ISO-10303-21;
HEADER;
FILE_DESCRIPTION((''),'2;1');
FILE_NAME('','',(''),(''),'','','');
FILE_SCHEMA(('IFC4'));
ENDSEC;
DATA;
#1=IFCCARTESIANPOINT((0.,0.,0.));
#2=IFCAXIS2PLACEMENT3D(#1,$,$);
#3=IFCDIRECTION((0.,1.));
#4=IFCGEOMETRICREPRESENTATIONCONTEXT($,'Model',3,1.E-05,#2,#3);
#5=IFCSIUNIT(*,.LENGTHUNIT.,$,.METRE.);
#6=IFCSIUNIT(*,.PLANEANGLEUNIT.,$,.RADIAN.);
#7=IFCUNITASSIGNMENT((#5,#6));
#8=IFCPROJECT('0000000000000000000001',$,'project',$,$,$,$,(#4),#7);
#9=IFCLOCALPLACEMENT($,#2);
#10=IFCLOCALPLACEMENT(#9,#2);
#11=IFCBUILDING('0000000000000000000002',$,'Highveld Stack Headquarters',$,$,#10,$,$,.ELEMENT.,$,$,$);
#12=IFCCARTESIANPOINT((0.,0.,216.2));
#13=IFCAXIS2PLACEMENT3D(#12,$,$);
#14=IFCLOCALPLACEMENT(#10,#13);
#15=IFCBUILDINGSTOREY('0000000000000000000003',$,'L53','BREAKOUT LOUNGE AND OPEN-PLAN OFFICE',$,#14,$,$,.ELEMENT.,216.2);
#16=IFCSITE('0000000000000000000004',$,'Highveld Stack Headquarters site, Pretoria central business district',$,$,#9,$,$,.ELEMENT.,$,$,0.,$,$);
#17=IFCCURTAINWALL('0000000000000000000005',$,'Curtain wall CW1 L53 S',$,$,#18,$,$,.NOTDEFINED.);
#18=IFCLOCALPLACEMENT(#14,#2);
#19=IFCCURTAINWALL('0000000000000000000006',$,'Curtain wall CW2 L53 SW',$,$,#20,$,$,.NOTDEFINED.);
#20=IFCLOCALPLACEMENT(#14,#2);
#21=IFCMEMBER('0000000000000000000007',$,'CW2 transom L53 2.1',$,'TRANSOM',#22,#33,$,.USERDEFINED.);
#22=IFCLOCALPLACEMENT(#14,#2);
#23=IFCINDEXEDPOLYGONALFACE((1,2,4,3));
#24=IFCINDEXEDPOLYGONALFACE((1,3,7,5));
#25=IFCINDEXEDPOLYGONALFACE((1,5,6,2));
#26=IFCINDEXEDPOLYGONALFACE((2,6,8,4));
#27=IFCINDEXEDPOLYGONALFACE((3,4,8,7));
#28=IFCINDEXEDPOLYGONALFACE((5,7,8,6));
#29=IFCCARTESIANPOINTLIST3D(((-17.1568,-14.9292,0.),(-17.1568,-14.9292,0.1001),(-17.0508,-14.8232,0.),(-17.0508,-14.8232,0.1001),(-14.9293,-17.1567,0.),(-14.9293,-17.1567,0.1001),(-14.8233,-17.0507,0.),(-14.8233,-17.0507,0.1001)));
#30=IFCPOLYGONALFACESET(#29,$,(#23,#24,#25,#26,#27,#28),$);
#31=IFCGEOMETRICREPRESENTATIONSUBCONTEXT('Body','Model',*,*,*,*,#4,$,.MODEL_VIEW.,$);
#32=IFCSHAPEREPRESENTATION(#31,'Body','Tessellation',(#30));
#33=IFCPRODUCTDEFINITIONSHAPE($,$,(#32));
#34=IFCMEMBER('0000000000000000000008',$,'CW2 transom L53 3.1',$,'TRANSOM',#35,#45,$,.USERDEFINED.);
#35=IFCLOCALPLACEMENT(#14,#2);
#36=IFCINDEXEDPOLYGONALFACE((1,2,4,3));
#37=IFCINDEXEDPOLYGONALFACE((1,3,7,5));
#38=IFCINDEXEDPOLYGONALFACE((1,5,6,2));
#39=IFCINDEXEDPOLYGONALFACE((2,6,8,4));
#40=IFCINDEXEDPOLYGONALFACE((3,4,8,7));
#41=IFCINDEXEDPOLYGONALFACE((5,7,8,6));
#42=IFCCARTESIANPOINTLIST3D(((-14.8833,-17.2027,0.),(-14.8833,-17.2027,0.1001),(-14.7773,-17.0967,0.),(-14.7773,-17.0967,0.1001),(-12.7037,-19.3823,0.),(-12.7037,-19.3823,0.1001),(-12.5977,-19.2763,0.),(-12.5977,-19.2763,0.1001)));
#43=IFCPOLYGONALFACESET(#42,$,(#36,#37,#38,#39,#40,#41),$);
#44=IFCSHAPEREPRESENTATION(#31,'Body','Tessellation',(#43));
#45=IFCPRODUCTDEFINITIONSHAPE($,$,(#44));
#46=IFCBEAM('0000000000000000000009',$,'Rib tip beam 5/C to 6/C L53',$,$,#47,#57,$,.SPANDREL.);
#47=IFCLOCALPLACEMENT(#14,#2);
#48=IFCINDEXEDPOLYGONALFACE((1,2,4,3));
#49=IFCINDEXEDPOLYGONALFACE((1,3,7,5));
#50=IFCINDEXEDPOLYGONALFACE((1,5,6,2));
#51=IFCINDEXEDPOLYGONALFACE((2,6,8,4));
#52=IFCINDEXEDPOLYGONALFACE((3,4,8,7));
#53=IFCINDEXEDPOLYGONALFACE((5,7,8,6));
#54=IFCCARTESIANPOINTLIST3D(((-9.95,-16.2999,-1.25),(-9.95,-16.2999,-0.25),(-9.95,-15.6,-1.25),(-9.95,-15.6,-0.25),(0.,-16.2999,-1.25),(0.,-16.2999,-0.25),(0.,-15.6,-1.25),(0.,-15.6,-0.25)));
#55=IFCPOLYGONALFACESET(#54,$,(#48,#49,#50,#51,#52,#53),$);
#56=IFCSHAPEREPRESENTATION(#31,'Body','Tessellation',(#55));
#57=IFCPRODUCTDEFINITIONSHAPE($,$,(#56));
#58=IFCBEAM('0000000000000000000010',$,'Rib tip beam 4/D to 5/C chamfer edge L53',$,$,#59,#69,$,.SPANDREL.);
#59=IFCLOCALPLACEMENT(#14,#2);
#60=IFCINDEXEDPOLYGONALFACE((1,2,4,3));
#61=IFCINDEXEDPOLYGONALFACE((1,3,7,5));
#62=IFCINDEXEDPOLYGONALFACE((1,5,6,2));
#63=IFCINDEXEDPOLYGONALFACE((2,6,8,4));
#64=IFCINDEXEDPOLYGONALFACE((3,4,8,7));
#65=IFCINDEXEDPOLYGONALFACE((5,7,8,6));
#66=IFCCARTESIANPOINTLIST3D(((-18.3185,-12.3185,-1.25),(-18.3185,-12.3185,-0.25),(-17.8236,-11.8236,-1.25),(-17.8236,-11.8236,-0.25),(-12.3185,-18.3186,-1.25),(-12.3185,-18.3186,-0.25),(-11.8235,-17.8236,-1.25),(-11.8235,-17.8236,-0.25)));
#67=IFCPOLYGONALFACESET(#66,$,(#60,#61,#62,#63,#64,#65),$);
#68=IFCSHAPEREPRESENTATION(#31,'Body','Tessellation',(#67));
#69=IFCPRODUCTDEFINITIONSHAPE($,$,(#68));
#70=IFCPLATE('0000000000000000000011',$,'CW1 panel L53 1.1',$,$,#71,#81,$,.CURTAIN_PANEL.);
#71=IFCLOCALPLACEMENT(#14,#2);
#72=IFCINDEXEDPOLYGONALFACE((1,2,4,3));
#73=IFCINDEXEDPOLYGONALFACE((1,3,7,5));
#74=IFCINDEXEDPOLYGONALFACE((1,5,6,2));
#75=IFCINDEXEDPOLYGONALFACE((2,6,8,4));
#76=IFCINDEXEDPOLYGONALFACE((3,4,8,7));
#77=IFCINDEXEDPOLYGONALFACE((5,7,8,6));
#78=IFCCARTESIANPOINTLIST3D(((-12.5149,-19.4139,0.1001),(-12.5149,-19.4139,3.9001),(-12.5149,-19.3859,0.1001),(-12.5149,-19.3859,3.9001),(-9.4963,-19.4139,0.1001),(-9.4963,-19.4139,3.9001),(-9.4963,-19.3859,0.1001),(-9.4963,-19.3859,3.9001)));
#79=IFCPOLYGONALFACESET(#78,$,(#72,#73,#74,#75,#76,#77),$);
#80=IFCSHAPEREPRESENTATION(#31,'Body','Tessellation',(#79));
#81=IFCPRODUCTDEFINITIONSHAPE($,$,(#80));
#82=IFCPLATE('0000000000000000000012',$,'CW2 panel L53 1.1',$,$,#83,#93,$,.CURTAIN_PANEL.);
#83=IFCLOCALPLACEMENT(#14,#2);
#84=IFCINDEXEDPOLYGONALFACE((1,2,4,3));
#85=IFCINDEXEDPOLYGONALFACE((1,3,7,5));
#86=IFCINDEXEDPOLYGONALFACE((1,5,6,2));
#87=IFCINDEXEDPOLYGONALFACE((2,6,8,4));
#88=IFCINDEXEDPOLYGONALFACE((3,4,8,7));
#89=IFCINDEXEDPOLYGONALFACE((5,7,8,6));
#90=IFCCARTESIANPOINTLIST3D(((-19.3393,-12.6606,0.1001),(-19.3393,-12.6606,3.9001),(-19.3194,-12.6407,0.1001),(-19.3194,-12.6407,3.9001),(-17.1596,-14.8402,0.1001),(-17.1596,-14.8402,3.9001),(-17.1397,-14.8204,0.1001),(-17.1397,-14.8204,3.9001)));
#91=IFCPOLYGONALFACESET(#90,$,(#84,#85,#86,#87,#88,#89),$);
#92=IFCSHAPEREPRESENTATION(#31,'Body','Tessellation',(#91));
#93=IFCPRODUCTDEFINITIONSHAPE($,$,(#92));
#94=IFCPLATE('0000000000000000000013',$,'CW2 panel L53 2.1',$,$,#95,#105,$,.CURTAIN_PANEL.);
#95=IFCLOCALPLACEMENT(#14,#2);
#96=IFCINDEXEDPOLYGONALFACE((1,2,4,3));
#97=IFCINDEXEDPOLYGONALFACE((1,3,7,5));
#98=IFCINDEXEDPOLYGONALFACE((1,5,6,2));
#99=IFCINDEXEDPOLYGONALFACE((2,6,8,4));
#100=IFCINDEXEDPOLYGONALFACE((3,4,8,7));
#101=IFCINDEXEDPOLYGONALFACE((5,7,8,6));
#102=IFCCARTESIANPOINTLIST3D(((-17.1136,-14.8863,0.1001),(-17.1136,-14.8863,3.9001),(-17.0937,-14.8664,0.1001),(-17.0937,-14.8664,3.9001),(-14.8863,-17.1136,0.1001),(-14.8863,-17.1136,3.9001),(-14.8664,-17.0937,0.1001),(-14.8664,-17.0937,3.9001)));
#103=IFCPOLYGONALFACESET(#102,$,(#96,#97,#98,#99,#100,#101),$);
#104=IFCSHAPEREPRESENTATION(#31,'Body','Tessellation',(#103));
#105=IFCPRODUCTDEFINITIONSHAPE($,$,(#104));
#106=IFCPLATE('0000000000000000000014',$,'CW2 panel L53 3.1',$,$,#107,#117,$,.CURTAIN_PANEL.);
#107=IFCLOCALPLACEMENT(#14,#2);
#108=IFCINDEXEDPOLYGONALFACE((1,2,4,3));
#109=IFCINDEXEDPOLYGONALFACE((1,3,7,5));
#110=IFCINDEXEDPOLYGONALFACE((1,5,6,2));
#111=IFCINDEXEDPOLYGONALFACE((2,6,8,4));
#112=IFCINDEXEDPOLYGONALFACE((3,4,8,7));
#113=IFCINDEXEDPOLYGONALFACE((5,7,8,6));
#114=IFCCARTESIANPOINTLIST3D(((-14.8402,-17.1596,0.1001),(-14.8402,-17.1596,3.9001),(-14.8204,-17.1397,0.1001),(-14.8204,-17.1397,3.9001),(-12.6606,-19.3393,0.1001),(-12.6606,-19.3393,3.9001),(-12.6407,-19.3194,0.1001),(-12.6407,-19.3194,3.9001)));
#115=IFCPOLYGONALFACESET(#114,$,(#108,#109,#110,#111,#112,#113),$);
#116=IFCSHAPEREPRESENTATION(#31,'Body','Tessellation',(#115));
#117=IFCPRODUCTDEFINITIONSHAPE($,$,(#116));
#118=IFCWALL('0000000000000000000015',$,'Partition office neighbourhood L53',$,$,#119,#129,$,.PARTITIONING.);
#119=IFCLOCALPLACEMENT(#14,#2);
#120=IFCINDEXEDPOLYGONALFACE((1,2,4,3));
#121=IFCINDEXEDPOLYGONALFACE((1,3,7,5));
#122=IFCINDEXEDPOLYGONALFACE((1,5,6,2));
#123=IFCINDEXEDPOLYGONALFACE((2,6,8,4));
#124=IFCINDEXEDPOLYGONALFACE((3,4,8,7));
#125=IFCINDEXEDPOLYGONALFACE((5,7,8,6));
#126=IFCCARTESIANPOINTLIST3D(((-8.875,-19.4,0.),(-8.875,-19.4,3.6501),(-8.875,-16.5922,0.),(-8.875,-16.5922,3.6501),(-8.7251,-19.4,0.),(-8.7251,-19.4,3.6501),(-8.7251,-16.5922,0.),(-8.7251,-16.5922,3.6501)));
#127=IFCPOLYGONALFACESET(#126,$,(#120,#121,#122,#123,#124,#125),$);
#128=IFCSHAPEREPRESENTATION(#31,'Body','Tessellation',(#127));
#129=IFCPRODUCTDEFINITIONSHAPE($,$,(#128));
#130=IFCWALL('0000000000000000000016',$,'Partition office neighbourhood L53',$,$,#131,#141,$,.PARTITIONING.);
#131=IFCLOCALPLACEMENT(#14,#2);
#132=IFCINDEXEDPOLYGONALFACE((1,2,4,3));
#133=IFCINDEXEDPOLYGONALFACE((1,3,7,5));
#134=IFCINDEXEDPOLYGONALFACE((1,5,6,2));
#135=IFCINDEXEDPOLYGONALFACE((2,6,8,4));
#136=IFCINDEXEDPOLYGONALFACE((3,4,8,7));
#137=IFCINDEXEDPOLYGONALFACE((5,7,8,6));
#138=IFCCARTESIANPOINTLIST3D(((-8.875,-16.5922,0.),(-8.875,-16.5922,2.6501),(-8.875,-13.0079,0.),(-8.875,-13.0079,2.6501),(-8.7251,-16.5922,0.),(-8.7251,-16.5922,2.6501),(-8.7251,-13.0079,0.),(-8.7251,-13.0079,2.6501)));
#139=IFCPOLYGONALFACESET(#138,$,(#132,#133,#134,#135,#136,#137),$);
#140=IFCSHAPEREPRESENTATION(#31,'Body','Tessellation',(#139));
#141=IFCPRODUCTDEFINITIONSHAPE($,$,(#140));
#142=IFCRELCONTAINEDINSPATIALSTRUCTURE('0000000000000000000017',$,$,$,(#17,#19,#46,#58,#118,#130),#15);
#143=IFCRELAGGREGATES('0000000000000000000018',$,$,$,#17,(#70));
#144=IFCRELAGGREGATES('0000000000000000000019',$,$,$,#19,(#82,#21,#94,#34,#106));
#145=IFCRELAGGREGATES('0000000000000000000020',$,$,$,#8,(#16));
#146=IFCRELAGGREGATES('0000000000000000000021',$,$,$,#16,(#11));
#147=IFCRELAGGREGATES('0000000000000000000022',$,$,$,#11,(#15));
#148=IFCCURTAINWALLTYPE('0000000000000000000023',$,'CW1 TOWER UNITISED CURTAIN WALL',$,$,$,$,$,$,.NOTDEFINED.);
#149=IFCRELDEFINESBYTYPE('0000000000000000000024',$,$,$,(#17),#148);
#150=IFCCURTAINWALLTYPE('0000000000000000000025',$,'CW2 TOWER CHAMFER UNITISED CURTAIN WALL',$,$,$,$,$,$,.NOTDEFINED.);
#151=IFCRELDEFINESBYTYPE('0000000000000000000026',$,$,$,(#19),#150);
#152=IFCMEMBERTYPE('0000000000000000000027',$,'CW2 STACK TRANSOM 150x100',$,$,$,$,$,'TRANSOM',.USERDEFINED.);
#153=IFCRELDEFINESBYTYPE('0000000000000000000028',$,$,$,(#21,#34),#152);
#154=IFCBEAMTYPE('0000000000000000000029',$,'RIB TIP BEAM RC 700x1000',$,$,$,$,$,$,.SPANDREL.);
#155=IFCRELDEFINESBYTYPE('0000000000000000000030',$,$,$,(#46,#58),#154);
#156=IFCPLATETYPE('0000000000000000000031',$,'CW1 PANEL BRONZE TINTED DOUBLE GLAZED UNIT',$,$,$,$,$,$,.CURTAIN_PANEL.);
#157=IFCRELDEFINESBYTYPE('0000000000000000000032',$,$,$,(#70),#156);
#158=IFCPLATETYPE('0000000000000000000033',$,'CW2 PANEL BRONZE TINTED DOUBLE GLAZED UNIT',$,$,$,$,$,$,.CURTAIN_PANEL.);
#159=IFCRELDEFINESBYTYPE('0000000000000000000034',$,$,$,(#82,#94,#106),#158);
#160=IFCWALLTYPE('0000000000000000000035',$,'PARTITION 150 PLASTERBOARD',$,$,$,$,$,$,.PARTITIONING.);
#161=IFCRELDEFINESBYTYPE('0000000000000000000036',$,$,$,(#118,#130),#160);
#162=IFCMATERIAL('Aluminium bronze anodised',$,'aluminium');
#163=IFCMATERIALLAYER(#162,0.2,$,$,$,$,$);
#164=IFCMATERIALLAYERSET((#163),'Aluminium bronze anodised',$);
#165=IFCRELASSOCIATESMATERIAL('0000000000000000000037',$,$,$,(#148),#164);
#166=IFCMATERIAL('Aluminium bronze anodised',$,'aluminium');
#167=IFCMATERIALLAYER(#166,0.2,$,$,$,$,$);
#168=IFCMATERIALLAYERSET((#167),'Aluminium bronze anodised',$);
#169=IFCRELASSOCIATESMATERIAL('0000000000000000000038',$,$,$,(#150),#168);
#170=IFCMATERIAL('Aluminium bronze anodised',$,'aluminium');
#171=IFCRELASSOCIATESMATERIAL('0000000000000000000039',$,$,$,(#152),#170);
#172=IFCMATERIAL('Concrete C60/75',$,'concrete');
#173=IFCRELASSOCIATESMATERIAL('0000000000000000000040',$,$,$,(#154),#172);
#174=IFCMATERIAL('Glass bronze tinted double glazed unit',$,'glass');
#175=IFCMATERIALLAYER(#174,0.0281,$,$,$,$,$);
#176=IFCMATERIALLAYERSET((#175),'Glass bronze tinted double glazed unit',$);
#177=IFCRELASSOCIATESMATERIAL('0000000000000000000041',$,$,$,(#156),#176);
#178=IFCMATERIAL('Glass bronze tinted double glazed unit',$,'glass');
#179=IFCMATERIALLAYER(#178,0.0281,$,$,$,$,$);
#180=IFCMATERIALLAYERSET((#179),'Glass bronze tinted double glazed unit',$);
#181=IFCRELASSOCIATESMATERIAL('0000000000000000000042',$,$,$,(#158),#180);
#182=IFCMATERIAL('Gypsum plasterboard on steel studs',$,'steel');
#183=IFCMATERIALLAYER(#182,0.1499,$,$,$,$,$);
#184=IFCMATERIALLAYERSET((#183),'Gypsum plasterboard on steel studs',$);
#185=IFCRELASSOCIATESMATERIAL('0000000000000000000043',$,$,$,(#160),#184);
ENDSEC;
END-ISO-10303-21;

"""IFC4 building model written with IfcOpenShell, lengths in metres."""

from ifc_helpers import new_model, si_unit, direction, frame, frame_2d, origin, origin_2d, place, context, subcontext, project, spatial, rectangle, extrude, material, layer, layer_set, material_profile, profile_set, type_object, element, aggregate, save


model = new_model("IFC4")

# Units and contexts
model_context = context("Model", 3, precision=1e-05, world=origin(), true_north=direction((0.0, 1.0)))
body_context = subcontext(model_context, "Body", "Model", "MODEL_VIEW")
ifc_project = project(units=[si_unit("LENGTHUNIT", "METRE"), si_unit("PLANEANGLEUNIT", "RADIAN")], contexts=[model_context])

# Site, building, storey
site_placement = place(None, origin())
site = spatial("IfcSite", under=ifc_project, at=site_placement, Name="Highveld Stack Headquarters site, Pretoria central business district", CompositionType="ELEMENT", RefElevation=0.0)
building_placement = place(site_placement, origin())
building = spatial("IfcBuilding", under=site, at=building_placement, Name="Highveld Stack Headquarters", CompositionType="ELEMENT")
storey_placement = place(building_placement, frame((0.0, 0.0, 216.2)))
storey = spatial("IfcBuildingStorey", under=building, at=storey_placement, Name="L53", Description="BREAKOUT LOUNGE AND OPEN-PLAN OFFICE", CompositionType="ELEMENT", Elevation=216.2)

# Curtain wall
ifc_material_1 = material(Name="Aluminium bronze anodised", Category="aluminium")
ifc_layer_1 = layer(ifc_material_1, 0.2)
ifc_layer_set_1 = layer_set([ifc_layer_1], Name="Aluminium bronze anodised")
curtain_wall_type_1 = type_object("IfcCurtainWallType", Name="CW1 TOWER UNITISED CURTAIN WALL", PredefinedType="NOTDEFINED", material=ifc_layer_set_1)
curtain_wall_1_placement = place(storey_placement, origin())
curtain_wall_1 = element("IfcCurtainWall", 1, at=curtain_wall_1_placement, inside=storey, type_object=curtain_wall_type_1, Name="Curtain wall CW1 L53 S", PredefinedType="NOTDEFINED")

# Curtain wall, members
ifc_material_2 = material(Name="Aluminium bronze anodised", Category="aluminium")
ifc_layer_2 = layer(ifc_material_2, 0.2)
ifc_layer_set_2 = layer_set([ifc_layer_2], Name="Aluminium bronze anodised")
curtain_wall_type_2 = type_object("IfcCurtainWallType", Name="CW2 TOWER CHAMFER UNITISED CURTAIN WALL", PredefinedType="NOTDEFINED", material=ifc_layer_set_2)
curtain_wall_2_placement = place(storey_placement, origin())
curtain_wall_2 = element("IfcCurtainWall", 2, at=curtain_wall_2_placement, inside=storey, type_object=curtain_wall_type_2, Name="Curtain wall CW2 L53 SW", PredefinedType="NOTDEFINED")
ifc_material_3 = material(Name="Aluminium bronze anodised", Category="aluminium")
ifc_material_profile_1 = material_profile(ifc_material_3, rectangle(XDim=0.1499, YDim=0.1001, at=origin_2d()), Name="CW2 TRANSOM 150x100")
ifc_profile_set_1 = profile_set([ifc_material_profile_1], Name="Aluminium bronze anodised")
member_type_1 = type_object("IfcMemberType", Name="CW2 STACK TRANSOM 150x100", ElementType="TRANSOM", PredefinedType="USERDEFINED", material=ifc_profile_set_1)
member_1_placement = place(storey_placement, frame((-17.1038, -14.8762, 0.05), z_axis=(0.707107, -0.707107, 0.0), x_axis=(0.707107, 0.707107, 0.0)))
member_1 = element("IfcMember", 3, at=member_1_placement, type_object=member_type_1, Name="CW2 transom L53 2.1", ObjectType="TRANSOM", PredefinedType="USERDEFINED", context=body_context, shape_type="SweptSolid", body=[
    extrude(rectangle(XDim=0.1499, YDim=0.1001, at=origin_2d()), origin(), (0.0, 0.0, 1.0), 3.1501),
])
member_2_placement = place(storey_placement, frame((-14.8303, -17.1497, 0.05), z_axis=(0.707107, -0.707107, 0.0), x_axis=(0.707107, 0.707107, 0.0)))
member_2 = element("IfcMember", 4, at=member_2_placement, type_object=member_type_1, Name="CW2 transom L53 3.1", ObjectType="TRANSOM", PredefinedType="USERDEFINED", context=body_context, shape_type="SweptSolid", body=[
    extrude(rectangle(XDim=0.1499, YDim=0.1001, at=origin_2d()), origin(), (0.0, 0.0, 1.0), 3.0825),
])

# Beams
ifc_material_4 = material(Name="Concrete C60/75", Category="concrete")
ifc_material_profile_2 = material_profile(ifc_material_4, rectangle(XDim=0.7, YDim=1.0, at=origin_2d()), Name="RC 700x1000")
ifc_profile_set_2 = profile_set([ifc_material_profile_2], Name="Concrete C60/75")
beam_type = type_object("IfcBeamType", Name="RIB TIP BEAM RC 700x1000", PredefinedType="SPANDREL", material=ifc_profile_set_2)
beam_1_placement = place(storey_placement, frame((-9.95, -15.95, -0.75), z_axis=(1.0, 0.0, 0.0), x_axis=(0.0, 1.0, 0.0)))
element("IfcBeam", 5, at=beam_1_placement, inside=storey, type_object=beam_type, Name="Rib tip beam 5/C to 6/C L53", PredefinedType="SPANDREL", context=body_context, shape_type="SweptSolid", body=[
    extrude(rectangle(XDim=0.7, YDim=1.0, at=origin_2d()), origin(), (0.0, 0.0, 1.0), 9.95),
])
beam_2_placement = place(storey_placement, frame((-18.071, -12.071, -0.75), z_axis=(0.707107, -0.707107, 0.0), x_axis=(0.707107, 0.707107, 0.0)))
element("IfcBeam", 6, at=beam_2_placement, inside=storey, type_object=beam_type, Name="Rib tip beam 4/D to 5/C chamfer edge L53", PredefinedType="SPANDREL", context=body_context, shape_type="SweptSolid", body=[
    extrude(rectangle(XDim=0.7, YDim=1.0, at=origin_2d()), origin(), (0.0, 0.0, 1.0), 8.4854),
])

# Plates
ifc_material_5 = material(Name="Glass bronze tinted double glazed unit", Category="glass")
ifc_layer_3 = layer(ifc_material_5, 0.0281)
ifc_layer_set_3 = layer_set([ifc_layer_3], Name="Glass bronze tinted double glazed unit")
plate_type_1 = type_object("IfcPlateType", Name="CW1 PANEL BRONZE TINTED DOUBLE GLAZED UNIT", PredefinedType="CURTAIN_PANEL", material=ifc_layer_set_3)
plate_1_placement = place(storey_placement, frame((-11.0056, -19.3999, 0.1001), z_axis=(0.0, 0.0, 1.0), x_axis=(1.0, 0.0, 0.0)))
plate_1 = element("IfcPlate", 7, at=plate_1_placement, type_object=plate_type_1, Name="CW1 panel L53 1.1", PredefinedType="CURTAIN_PANEL", context=body_context, shape_type="SweptSolid", body=[
    extrude(rectangle(XDim=3.0186, YDim=0.0281, at=origin_2d()), origin(), (0.0, 0.0, 1.0), 3.8),
])
aggregate(curtain_wall_1, [plate_1])
ifc_material_6 = material(Name="Glass bronze tinted double glazed unit", Category="glass")
ifc_layer_4 = layer(ifc_material_6, 0.0281)
ifc_layer_set_4 = layer_set([ifc_layer_4], Name="Glass bronze tinted double glazed unit")
plate_type_2 = type_object("IfcPlateType", Name="CW2 PANEL BRONZE TINTED DOUBLE GLAZED UNIT", PredefinedType="CURTAIN_PANEL", material=ifc_layer_set_4)
plate_2_placement = place(storey_placement, frame((-18.2395, -13.7405, 0.1001), z_axis=(0.0, 0.0, 1.0), x_axis=(0.707107, -0.707107, 0.0)))
plate_2 = element("IfcPlate", 8, at=plate_2_placement, type_object=plate_type_2, Name="CW2 panel L53 1.1", PredefinedType="CURTAIN_PANEL", context=body_context, shape_type="SweptSolid", body=[
    extrude(rectangle(XDim=3.0825, YDim=0.0281, at=origin_2d()), origin(), (0.0, 0.0, 1.0), 3.8),
])
plate_3_placement = place(storey_placement, frame((-15.99, -15.99, 0.1001), z_axis=(0.0, 0.0, 1.0), x_axis=(0.707107, -0.707107, 0.0)))
plate_3 = element("IfcPlate", 9, at=plate_3_placement, type_object=plate_type_2, Name="CW2 panel L53 2.1", PredefinedType="CURTAIN_PANEL", context=body_context, shape_type="SweptSolid", body=[
    extrude(rectangle(XDim=3.1499, YDim=0.0281, at=origin_2d()), origin(), (0.0, 0.0, 1.0), 3.8),
])
plate_4_placement = place(storey_placement, frame((-13.7405, -18.2395, 0.1001), z_axis=(0.0, 0.0, 1.0), x_axis=(0.707107, -0.707107, 0.0)))
plate_4 = element("IfcPlate", 10, at=plate_4_placement, type_object=plate_type_2, Name="CW2 panel L53 3.1", PredefinedType="CURTAIN_PANEL", context=body_context, shape_type="SweptSolid", body=[
    extrude(rectangle(XDim=3.0825, YDim=0.0281, at=origin_2d()), origin(), (0.0, 0.0, 1.0), 3.8),
])
aggregate(curtain_wall_2, [plate_2, member_1, plate_3, member_2, plate_4])

# Walls
ifc_material_7 = material(Name="Gypsum plasterboard on steel studs", Category="steel")
ifc_layer_5 = layer(ifc_material_7, 0.1499)
ifc_layer_set_5 = layer_set([ifc_layer_5], Name="Gypsum plasterboard on steel studs")
wall_type = type_object("IfcWallType", Name="PARTITION 150 PLASTERBOARD", PredefinedType="PARTITIONING", material=ifc_layer_set_5)
wall_1_placement = place(storey_placement, frame((-8.8, -19.3999, 0.0), z_axis=(0.0, 0.0, 1.0), x_axis=(0.0, 1.0, 0.0)))
element("IfcWall", 11, at=wall_1_placement, inside=storey, type_object=wall_type, Name="Partition office neighbourhood L53", PredefinedType="PARTITIONING", context=body_context, shape_type="SweptSolid", body=[
    extrude(rectangle(XDim=2.8079, YDim=0.1499, at=frame_2d((1.4038, 0.0))), origin(), (0.0, 0.0, 1.0), 3.6501),
])
wall_2_placement = place(storey_placement, frame((-8.8, -16.592, 0.0), z_axis=(0.0, 0.0, 1.0), x_axis=(0.0, 1.0, 0.0)))
element("IfcWall", 12, at=wall_2_placement, inside=storey, type_object=wall_type, Name="Partition office neighbourhood L53", PredefinedType="PARTITIONING", context=body_context, shape_type="SweptSolid", body=[
    extrude(rectangle(XDim=3.5842, YDim=0.1499, at=frame_2d((1.792, 0.0))), origin(), (0.0, 0.0, 1.0), 2.6501),
])

save(model, "model.ifc")
